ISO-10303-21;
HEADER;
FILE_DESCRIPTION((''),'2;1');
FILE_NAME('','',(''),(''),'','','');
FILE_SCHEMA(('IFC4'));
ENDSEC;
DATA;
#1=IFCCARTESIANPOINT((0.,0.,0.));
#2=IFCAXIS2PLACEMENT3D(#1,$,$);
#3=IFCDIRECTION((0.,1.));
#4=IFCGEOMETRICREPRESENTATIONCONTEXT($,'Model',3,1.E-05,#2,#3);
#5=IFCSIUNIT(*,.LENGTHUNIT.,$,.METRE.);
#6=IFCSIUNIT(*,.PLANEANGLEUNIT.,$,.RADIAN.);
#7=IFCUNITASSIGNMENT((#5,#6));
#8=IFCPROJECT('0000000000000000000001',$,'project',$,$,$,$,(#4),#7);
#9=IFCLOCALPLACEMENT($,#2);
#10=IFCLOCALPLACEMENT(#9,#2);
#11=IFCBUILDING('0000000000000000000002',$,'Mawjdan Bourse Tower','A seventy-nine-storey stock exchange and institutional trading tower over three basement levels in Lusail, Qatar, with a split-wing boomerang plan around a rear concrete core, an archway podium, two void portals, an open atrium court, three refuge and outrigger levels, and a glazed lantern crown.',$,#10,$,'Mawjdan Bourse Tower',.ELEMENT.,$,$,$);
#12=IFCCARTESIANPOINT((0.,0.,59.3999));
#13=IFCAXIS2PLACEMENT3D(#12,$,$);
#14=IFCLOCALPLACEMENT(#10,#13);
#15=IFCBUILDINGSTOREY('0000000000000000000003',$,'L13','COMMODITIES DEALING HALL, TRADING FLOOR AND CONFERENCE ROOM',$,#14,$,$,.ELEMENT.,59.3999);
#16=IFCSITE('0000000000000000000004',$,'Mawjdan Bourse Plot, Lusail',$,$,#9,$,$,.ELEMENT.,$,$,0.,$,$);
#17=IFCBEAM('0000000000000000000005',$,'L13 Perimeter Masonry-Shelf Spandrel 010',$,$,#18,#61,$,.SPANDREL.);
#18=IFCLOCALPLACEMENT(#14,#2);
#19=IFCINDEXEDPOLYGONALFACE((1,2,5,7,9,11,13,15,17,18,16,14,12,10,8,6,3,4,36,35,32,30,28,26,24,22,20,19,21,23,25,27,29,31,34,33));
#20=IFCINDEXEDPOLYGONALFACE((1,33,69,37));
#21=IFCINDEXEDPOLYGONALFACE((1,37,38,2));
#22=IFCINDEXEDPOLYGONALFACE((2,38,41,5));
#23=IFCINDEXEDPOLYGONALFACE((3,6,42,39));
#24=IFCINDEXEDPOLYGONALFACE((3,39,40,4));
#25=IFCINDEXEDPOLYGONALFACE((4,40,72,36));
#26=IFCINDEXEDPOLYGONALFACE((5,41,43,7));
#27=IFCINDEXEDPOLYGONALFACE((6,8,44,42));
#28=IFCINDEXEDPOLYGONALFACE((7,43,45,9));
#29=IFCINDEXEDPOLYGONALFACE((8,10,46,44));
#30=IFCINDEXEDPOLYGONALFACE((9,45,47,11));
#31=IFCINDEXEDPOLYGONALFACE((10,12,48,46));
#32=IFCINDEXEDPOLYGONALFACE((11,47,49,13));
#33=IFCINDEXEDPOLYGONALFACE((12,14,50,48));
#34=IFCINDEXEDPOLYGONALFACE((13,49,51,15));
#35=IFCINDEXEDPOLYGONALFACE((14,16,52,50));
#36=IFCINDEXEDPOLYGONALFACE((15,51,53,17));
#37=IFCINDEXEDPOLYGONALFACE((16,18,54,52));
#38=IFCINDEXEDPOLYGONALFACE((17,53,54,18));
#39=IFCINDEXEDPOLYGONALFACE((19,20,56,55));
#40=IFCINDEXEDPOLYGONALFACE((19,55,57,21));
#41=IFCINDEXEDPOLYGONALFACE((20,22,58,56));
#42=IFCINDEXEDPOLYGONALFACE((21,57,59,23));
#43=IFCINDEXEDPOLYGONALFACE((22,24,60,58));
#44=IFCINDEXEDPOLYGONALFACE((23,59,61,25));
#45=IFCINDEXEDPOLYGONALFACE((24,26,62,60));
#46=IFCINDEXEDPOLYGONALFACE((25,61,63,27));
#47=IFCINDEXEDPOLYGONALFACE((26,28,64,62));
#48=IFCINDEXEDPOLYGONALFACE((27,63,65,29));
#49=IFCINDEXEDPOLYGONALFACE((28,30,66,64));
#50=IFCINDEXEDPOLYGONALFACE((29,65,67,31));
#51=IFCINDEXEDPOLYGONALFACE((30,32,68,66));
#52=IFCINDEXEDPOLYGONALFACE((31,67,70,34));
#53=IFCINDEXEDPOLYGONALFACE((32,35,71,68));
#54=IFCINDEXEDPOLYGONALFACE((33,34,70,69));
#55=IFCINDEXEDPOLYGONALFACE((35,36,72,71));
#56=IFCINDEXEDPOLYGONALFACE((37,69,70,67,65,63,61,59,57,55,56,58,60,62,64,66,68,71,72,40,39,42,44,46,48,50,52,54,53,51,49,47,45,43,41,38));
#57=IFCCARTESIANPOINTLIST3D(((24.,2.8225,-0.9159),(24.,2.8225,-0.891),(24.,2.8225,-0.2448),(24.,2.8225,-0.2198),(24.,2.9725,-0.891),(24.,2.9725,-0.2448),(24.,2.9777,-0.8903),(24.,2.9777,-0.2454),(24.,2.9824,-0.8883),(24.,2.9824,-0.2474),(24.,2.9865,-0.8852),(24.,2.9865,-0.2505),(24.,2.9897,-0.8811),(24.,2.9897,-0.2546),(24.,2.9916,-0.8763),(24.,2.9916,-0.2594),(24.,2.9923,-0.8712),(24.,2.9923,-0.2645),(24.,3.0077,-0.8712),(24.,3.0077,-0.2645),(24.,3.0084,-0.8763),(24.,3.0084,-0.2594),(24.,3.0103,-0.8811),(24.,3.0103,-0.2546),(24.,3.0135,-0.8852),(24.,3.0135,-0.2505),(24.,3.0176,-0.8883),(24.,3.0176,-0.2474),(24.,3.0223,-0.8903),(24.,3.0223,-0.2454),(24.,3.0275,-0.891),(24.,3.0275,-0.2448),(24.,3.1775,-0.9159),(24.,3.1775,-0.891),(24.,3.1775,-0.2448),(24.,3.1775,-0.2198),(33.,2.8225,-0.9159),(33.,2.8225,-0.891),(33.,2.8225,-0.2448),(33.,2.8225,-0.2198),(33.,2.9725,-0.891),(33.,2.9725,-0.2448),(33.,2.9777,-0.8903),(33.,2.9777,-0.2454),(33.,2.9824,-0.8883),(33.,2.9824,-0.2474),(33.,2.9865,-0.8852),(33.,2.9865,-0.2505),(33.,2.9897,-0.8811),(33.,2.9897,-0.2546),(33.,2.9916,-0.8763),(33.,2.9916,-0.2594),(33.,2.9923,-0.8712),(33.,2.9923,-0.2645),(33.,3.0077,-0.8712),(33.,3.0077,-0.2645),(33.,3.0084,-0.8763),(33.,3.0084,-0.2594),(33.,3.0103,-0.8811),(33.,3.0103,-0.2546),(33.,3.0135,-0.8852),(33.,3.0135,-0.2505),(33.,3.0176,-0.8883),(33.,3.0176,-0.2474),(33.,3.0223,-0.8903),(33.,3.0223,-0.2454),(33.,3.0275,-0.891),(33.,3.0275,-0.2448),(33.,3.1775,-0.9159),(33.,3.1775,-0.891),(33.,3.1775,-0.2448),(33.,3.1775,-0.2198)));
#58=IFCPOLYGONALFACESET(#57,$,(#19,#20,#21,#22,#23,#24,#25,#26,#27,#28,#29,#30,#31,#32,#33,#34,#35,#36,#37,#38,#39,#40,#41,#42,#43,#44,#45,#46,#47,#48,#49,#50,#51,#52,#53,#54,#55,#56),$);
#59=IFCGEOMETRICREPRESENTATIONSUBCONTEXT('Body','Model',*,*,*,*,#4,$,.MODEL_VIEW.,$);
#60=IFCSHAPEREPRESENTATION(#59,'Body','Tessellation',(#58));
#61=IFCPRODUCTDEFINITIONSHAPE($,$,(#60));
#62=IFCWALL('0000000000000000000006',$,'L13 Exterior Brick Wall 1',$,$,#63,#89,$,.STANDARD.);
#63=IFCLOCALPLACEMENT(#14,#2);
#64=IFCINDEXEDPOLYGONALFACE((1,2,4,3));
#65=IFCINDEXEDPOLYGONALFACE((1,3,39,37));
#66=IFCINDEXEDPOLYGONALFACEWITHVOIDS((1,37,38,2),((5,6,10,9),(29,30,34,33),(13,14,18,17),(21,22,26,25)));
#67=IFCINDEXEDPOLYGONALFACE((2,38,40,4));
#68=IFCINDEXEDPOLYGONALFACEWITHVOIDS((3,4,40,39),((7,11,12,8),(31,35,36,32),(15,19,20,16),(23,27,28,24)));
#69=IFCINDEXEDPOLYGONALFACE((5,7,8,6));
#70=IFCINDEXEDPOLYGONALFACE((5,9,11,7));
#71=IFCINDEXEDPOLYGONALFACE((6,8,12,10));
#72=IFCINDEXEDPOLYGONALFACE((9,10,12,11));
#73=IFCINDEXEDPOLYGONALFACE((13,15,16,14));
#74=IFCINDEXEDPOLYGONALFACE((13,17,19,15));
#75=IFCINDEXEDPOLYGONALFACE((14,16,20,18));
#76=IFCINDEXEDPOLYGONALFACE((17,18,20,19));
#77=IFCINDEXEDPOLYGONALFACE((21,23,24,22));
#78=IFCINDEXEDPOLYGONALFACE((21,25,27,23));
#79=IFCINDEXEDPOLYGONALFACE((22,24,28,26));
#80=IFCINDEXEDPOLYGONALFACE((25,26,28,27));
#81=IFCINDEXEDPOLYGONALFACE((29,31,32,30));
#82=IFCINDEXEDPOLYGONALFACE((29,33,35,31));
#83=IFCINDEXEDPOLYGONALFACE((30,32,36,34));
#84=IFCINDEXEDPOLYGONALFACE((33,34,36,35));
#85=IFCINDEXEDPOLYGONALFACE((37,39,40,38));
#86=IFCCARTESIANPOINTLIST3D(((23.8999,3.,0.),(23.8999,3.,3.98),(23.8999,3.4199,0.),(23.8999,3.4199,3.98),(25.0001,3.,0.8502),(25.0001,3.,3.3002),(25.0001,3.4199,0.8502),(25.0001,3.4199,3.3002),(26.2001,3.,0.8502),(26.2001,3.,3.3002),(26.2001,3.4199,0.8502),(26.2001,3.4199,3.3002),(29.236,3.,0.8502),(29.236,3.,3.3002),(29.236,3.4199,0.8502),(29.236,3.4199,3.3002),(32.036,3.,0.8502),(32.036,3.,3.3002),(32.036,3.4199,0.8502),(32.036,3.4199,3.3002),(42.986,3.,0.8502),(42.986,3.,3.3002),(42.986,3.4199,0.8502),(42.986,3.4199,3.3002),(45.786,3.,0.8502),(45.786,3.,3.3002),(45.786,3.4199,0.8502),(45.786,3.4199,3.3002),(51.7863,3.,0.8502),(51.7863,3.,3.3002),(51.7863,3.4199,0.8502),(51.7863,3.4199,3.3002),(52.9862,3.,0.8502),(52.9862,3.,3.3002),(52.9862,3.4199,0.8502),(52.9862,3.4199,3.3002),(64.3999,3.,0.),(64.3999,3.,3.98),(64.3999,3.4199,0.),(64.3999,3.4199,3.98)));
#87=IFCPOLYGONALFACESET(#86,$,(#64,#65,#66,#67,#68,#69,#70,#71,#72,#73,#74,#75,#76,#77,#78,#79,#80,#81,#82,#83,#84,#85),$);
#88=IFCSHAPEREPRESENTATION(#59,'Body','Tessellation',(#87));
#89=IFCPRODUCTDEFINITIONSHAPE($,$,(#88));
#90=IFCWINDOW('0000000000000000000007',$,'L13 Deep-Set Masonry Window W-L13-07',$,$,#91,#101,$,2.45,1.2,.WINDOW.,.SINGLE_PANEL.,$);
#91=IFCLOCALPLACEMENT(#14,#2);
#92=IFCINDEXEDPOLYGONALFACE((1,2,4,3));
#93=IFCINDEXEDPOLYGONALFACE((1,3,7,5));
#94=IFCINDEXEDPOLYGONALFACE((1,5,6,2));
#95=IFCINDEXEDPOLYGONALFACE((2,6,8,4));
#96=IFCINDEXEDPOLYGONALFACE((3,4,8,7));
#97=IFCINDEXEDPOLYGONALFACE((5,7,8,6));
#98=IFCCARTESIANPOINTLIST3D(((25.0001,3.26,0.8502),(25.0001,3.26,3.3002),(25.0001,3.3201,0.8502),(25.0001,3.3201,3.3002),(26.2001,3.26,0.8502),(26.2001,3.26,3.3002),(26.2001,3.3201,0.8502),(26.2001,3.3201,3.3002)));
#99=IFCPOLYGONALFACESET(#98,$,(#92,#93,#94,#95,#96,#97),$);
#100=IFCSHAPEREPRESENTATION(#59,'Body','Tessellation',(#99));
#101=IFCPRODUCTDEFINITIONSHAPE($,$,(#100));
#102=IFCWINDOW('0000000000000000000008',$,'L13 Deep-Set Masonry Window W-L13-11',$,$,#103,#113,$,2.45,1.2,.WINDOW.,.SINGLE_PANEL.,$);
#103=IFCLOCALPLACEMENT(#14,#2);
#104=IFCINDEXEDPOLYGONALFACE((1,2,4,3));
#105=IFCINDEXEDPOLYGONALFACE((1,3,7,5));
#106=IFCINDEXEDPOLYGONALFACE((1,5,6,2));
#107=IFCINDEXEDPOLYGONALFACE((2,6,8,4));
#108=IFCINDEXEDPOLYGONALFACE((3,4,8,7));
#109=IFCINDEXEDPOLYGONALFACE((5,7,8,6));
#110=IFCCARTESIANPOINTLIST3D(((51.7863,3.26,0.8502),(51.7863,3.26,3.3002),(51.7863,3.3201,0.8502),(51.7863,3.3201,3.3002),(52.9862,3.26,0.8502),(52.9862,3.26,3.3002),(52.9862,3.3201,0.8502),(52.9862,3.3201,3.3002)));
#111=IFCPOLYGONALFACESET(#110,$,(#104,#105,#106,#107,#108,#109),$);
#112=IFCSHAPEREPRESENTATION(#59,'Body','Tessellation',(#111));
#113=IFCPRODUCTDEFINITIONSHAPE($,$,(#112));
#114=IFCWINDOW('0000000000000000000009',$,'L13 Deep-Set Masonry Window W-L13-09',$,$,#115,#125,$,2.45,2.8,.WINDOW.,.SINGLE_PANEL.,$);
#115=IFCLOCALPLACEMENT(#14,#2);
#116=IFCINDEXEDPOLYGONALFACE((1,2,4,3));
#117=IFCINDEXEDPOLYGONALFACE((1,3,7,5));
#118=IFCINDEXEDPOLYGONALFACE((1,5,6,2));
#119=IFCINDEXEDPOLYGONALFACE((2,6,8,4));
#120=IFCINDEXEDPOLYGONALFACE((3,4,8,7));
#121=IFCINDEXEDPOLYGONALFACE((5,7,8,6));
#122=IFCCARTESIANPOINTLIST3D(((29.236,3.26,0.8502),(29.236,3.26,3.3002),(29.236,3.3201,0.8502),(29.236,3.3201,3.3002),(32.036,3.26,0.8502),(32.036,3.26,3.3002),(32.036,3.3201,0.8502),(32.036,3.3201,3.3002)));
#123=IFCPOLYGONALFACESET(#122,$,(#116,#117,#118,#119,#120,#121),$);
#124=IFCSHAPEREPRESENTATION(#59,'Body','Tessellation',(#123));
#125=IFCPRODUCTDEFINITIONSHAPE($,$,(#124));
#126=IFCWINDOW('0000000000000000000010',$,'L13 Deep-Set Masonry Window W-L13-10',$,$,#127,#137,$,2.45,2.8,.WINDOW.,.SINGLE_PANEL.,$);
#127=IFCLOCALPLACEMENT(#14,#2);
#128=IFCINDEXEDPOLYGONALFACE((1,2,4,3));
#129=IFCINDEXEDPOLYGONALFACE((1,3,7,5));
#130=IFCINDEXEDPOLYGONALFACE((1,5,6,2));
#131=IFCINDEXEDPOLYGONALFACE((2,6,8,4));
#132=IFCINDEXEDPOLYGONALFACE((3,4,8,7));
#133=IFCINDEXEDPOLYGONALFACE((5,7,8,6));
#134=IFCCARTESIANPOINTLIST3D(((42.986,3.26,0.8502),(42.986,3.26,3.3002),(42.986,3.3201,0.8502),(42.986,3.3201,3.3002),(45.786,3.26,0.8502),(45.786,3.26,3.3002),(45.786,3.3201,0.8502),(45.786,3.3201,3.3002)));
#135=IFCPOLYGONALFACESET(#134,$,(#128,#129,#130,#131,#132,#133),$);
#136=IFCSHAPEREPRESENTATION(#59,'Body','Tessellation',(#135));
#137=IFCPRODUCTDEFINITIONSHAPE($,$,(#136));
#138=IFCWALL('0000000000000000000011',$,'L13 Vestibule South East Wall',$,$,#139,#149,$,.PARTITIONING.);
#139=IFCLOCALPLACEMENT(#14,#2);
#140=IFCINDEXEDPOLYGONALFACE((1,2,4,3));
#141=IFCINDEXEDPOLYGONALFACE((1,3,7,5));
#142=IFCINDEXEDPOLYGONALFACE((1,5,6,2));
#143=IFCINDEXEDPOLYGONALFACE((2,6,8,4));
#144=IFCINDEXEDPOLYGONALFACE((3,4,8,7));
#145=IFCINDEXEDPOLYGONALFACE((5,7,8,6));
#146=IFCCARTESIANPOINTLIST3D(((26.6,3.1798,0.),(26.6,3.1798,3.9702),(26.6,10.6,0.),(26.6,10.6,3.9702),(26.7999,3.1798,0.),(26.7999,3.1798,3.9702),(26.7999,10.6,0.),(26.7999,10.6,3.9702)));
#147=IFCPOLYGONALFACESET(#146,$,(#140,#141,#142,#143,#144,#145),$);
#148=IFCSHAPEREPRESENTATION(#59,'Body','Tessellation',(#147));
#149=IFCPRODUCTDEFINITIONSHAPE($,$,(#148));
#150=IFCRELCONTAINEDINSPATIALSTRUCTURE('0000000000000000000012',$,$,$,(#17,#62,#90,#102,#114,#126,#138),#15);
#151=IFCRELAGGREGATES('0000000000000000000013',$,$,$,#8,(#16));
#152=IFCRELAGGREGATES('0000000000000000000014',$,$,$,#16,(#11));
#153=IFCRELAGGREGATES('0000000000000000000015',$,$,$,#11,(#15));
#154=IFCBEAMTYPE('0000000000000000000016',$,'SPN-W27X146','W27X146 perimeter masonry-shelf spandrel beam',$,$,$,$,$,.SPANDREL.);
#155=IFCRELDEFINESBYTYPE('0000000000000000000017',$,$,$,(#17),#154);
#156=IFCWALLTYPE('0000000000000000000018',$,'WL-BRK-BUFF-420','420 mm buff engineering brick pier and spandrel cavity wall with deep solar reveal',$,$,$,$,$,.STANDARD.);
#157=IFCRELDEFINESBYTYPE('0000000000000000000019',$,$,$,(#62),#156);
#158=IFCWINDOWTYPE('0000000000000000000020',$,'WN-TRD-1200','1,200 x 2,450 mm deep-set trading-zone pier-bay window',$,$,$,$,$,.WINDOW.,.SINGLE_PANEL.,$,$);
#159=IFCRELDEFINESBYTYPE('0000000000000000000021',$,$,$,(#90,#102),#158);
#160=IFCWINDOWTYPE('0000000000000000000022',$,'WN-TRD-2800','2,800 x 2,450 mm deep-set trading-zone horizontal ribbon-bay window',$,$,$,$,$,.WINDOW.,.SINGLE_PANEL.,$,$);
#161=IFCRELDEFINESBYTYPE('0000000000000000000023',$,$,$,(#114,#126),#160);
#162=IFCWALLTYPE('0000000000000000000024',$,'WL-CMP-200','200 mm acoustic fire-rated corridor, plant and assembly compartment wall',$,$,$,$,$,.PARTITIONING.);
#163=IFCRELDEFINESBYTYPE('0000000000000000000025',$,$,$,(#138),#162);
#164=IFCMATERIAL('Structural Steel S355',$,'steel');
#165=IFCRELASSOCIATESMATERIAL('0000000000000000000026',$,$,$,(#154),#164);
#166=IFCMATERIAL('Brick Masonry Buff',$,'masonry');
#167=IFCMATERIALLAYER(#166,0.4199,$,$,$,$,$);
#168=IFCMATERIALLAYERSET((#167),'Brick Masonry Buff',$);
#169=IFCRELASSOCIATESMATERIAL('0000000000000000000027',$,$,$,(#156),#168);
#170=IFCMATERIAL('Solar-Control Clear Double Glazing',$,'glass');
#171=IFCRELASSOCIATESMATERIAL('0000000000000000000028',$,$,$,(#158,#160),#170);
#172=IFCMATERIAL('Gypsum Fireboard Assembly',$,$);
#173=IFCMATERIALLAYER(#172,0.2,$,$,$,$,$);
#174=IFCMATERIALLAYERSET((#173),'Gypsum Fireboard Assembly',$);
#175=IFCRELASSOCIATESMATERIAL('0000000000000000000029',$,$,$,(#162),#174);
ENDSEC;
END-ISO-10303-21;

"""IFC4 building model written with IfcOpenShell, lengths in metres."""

from ifc_helpers import new_model, si_unit, direction, frame, frame_2d, origin, origin_2d, place, context, subcontext, project, spatial, rectangle, i_section, extrude, material, layer, layer_set, material_profile, profile_set, type_object, element, fill, save


model = new_model("IFC4")

# Units and contexts
model_context = context("Model", 3, precision=1e-05, world=origin(), true_north=direction((0.0, 1.0)))
body_context = subcontext(model_context, "Body", "Model", "MODEL_VIEW")
ifc_project = project(units=[si_unit("LENGTHUNIT", "METRE"), si_unit("PLANEANGLEUNIT", "RADIAN")], contexts=[model_context])

# Site, building, storey
site_placement = place(None, origin())
site = spatial("IfcSite", under=ifc_project, at=site_placement, Name="Mawjdan Bourse Plot, Lusail", CompositionType="ELEMENT", RefElevation=0.0)
building_placement = place(site_placement, origin())
building = spatial("IfcBuilding", under=site, at=building_placement, Name="Mawjdan Bourse Tower", Description="A seventy-nine-storey stock exchange and institutional trading tower over three basement levels in Lusail, Qatar, with a split-wing boomerang plan around a rear concrete core, an archway podium, two void portals, an open atrium court, three refuge and outrigger levels, and a glazed lantern crown.", LongName="Mawjdan Bourse Tower", CompositionType="ELEMENT")
storey_placement = place(building_placement, frame((0.0, 0.0, 59.3999)))
storey = spatial("IfcBuildingStorey", under=building, at=storey_placement, Name="L13", Description="COMMODITIES DEALING HALL, TRADING FLOOR AND CONFERENCE ROOM", CompositionType="ELEMENT", Elevation=59.3999)

# Beam
ifc_material_1 = material(Name="Structural Steel S355", Category="steel")
ifc_material_profile_1 = material_profile(ifc_material_1, i_section(OverallWidth=0.355, OverallDepth=0.696, WebThickness=0.0154, FlangeThickness=0.0249, FilletRadius=0.0198, at=origin_2d()), Name="W27X146")
ifc_profile_set_1 = profile_set([ifc_material_profile_1], Name="Structural Steel S355")
beam_type_1 = type_object("IfcBeamType", Name="SPN-W27X146", Description="W27X146 perimeter masonry-shelf spandrel beam", PredefinedType="SPANDREL", material=ifc_profile_set_1)
beam_1_placement = place(storey_placement, frame((24.0, 3.0, -0.5679), z_axis=(1.0, 0.0, 0.0), x_axis=(0.0, 1.0, 0.0)))
element("IfcBeam", 1, at=beam_1_placement, inside=storey, type_object=beam_type_1, Name="L13 Perimeter Masonry-Shelf Spandrel 010", PredefinedType="SPANDREL", context=body_context, shape_type="SweptSolid", body=[
    extrude(i_section(OverallWidth=0.355, OverallDepth=0.696, WebThickness=0.0154, FlangeThickness=0.0249, FilletRadius=0.0198, at=origin_2d()), origin(), (0.0, 0.0, 1.0), 9.0),
])

# Wall, openings, windows
ifc_material_2 = material(Name="Brick Masonry Buff", Category="masonry")
ifc_layer_1 = layer(ifc_material_2, 0.4199)
ifc_layer_set_1 = layer_set([ifc_layer_1], Name="Brick Masonry Buff")
wall_type_1 = type_object("IfcWallType", Name="WL-BRK-BUFF-420", Description="420 mm buff engineering brick pier and spandrel cavity wall with deep solar reveal", PredefinedType="STANDARD", material=ifc_layer_set_1)
wall_1_placement = place(storey_placement, frame((23.8999, 3.21, 0.0), z_axis=(0.0, 0.0, 1.0), x_axis=(1.0, 0.0, 0.0)))
wall_1 = element("IfcWall", 2, at=wall_1_placement, inside=storey, type_object=wall_type_1, Name="L13 Exterior Brick Wall 1", PredefinedType="STANDARD", context=body_context, shape_type="SweptSolid", body=[
    extrude(rectangle(XDim=40.5, YDim=0.4199, at=frame_2d((20.25, 0.0))), origin(), (0.0, 0.0, 1.0), 3.98),
])
opening_1_placement = place(wall_1_placement, frame((1.1001, 0.0, 0.8501)))
opening_1 = element("IfcOpeningElement", 3, at=opening_1_placement, cuts=wall_1, PredefinedType="OPENING", context=body_context, shape_type="SweptSolid", body=[
    extrude(rectangle(XDim=1.2, YDim=2.45, at=frame_2d((0.6001, 1.2251))), frame((0.0, 0.22, 0.0), z_axis=(0.0, -1.0, 0.0), x_axis=(1.0, 0.0, 0.0)), (0.0, 0.0, 1.0), 0.4399),
])
opening_2_placement = place(wall_1_placement, frame((5.3362, 0.0, 0.8501)))
opening_2 = element("IfcOpeningElement", 4, at=opening_2_placement, cuts=wall_1, PredefinedType="OPENING", context=body_context, shape_type="SweptSolid", body=[
    extrude(rectangle(XDim=2.8, YDim=2.45, at=frame_2d((1.3999, 1.2251))), frame((0.0, 0.22, 0.0), z_axis=(0.0, -1.0, 0.0), x_axis=(1.0, 0.0, 0.0)), (0.0, 0.0, 1.0), 0.4399),
])
opening_3_placement = place(wall_1_placement, frame((19.0862, 0.0, 0.8501)))
opening_3 = element("IfcOpeningElement", 5, at=opening_3_placement, cuts=wall_1, PredefinedType="OPENING", context=body_context, shape_type="SweptSolid", body=[
    extrude(rectangle(XDim=2.8, YDim=2.45, at=frame_2d((1.3999, 1.2251))), frame((0.0, 0.22, 0.0), z_axis=(0.0, -1.0, 0.0), x_axis=(1.0, 0.0, 0.0)), (0.0, 0.0, 1.0), 0.4399),
])
opening_4_placement = place(wall_1_placement, frame((27.8862, 0.0, 0.8501)))
opening_4 = element("IfcOpeningElement", 6, at=opening_4_placement, cuts=wall_1, PredefinedType="OPENING", context=body_context, shape_type="SweptSolid", body=[
    extrude(rectangle(XDim=1.2, YDim=2.45, at=frame_2d((0.6001, 1.2251))), frame((0.0, 0.22, 0.0), z_axis=(0.0, -1.0, 0.0), x_axis=(1.0, 0.0, 0.0)), (0.0, 0.0, 1.0), 0.4399),
])
ifc_material_3 = material(Name="Solar-Control Clear Double Glazing", Category="glass")
window_type_1 = type_object("IfcWindowType", Name="WN-TRD-1200", Description="1,200 x 2,450 mm deep-set trading-zone pier-bay window", PartitioningType="SINGLE_PANEL", PredefinedType="WINDOW", material=ifc_material_3)
window_1_placement = place(opening_1_placement, origin())
window_1 = element("IfcWindow", 7, at=window_1_placement, inside=storey, type_object=window_type_1, Name="L13 Deep-Set Masonry Window W-L13-07", OverallHeight=2.45, OverallWidth=1.2, PartitioningType="SINGLE_PANEL", PredefinedType="WINDOW", context=body_context, shape_type="SweptSolid", body=[
    extrude(rectangle(XDim=1.2, YDim=2.45, at=frame_2d((0.6001, 1.2251))), frame((0.0, 0.1101, 0.0), z_axis=(0.0, -1.0, 0.0), x_axis=(1.0, 0.0, 0.0)), (0.0, 0.0, 1.0), 0.0601),
])
fill(opening_1, window_1)
window_2_placement = place(opening_4_placement, origin())
window_2 = element("IfcWindow", 8, at=window_2_placement, inside=storey, type_object=window_type_1, Name="L13 Deep-Set Masonry Window W-L13-11", OverallHeight=2.45, OverallWidth=1.2, PartitioningType="SINGLE_PANEL", PredefinedType="WINDOW", context=body_context, shape_type="SweptSolid", body=[
    extrude(rectangle(XDim=1.2, YDim=2.45, at=frame_2d((0.6001, 1.2251))), frame((0.0, 0.1101, 0.0), z_axis=(0.0, -1.0, 0.0), x_axis=(1.0, 0.0, 0.0)), (0.0, 0.0, 1.0), 0.0601),
])
fill(opening_4, window_2)
window_type_2 = type_object("IfcWindowType", Name="WN-TRD-2800", Description="2,800 x 2,450 mm deep-set trading-zone horizontal ribbon-bay window", PartitioningType="SINGLE_PANEL", PredefinedType="WINDOW", material=ifc_material_3)
window_3_placement = place(opening_2_placement, origin())
window_3 = element("IfcWindow", 9, at=window_3_placement, inside=storey, type_object=window_type_2, Name="L13 Deep-Set Masonry Window W-L13-09", OverallHeight=2.45, OverallWidth=2.8, PartitioningType="SINGLE_PANEL", PredefinedType="WINDOW", context=body_context, shape_type="SweptSolid", body=[
    extrude(rectangle(XDim=2.8, YDim=2.45, at=frame_2d((1.3999, 1.2251))), frame((0.0, 0.1101, 0.0), z_axis=(0.0, -1.0, 0.0), x_axis=(1.0, 0.0, 0.0)), (0.0, 0.0, 1.0), 0.0601),
])
fill(opening_2, window_3)
window_4_placement = place(opening_3_placement, origin())
window_4 = element("IfcWindow", 10, at=window_4_placement, inside=storey, type_object=window_type_2, Name="L13 Deep-Set Masonry Window W-L13-10", OverallHeight=2.45, OverallWidth=2.8, PartitioningType="SINGLE_PANEL", PredefinedType="WINDOW", context=body_context, shape_type="SweptSolid", body=[
    extrude(rectangle(XDim=2.8, YDim=2.45, at=frame_2d((1.3999, 1.2251))), frame((0.0, 0.1101, 0.0), z_axis=(0.0, -1.0, 0.0), x_axis=(1.0, 0.0, 0.0)), (0.0, 0.0, 1.0), 0.0601),
])
fill(opening_3, window_4)

# Shared definitions
ifc_material_4 = material(Name="Gypsum Fireboard Assembly")
ifc_layer_2 = layer(ifc_material_4, 0.2)
ifc_layer_set_2 = layer_set([ifc_layer_2], Name="Gypsum Fireboard Assembly")
wall_type_2 = type_object("IfcWallType", Name="WL-CMP-200", Description="200 mm acoustic fire-rated corridor, plant and assembly compartment wall", PredefinedType="PARTITIONING", material=ifc_layer_set_2)

# Wall
wall_2_placement = place(storey_placement, frame((26.7, 3.1799, 0.0), z_axis=(0.0, 0.0, 1.0), x_axis=(0.0, 1.0, 0.0)))
element("IfcWall", 11, at=wall_2_placement, inside=storey, type_object=wall_type_2, Name="L13 Vestibule South East Wall", PredefinedType="PARTITIONING", context=body_context, shape_type="SweptSolid", body=[
    extrude(rectangle(XDim=7.4202, YDim=0.2, at=frame_2d((3.71, 0.0))), origin(), (0.0, 0.0, 1.0), 3.9702),
])

save(model, "model.ifc")
